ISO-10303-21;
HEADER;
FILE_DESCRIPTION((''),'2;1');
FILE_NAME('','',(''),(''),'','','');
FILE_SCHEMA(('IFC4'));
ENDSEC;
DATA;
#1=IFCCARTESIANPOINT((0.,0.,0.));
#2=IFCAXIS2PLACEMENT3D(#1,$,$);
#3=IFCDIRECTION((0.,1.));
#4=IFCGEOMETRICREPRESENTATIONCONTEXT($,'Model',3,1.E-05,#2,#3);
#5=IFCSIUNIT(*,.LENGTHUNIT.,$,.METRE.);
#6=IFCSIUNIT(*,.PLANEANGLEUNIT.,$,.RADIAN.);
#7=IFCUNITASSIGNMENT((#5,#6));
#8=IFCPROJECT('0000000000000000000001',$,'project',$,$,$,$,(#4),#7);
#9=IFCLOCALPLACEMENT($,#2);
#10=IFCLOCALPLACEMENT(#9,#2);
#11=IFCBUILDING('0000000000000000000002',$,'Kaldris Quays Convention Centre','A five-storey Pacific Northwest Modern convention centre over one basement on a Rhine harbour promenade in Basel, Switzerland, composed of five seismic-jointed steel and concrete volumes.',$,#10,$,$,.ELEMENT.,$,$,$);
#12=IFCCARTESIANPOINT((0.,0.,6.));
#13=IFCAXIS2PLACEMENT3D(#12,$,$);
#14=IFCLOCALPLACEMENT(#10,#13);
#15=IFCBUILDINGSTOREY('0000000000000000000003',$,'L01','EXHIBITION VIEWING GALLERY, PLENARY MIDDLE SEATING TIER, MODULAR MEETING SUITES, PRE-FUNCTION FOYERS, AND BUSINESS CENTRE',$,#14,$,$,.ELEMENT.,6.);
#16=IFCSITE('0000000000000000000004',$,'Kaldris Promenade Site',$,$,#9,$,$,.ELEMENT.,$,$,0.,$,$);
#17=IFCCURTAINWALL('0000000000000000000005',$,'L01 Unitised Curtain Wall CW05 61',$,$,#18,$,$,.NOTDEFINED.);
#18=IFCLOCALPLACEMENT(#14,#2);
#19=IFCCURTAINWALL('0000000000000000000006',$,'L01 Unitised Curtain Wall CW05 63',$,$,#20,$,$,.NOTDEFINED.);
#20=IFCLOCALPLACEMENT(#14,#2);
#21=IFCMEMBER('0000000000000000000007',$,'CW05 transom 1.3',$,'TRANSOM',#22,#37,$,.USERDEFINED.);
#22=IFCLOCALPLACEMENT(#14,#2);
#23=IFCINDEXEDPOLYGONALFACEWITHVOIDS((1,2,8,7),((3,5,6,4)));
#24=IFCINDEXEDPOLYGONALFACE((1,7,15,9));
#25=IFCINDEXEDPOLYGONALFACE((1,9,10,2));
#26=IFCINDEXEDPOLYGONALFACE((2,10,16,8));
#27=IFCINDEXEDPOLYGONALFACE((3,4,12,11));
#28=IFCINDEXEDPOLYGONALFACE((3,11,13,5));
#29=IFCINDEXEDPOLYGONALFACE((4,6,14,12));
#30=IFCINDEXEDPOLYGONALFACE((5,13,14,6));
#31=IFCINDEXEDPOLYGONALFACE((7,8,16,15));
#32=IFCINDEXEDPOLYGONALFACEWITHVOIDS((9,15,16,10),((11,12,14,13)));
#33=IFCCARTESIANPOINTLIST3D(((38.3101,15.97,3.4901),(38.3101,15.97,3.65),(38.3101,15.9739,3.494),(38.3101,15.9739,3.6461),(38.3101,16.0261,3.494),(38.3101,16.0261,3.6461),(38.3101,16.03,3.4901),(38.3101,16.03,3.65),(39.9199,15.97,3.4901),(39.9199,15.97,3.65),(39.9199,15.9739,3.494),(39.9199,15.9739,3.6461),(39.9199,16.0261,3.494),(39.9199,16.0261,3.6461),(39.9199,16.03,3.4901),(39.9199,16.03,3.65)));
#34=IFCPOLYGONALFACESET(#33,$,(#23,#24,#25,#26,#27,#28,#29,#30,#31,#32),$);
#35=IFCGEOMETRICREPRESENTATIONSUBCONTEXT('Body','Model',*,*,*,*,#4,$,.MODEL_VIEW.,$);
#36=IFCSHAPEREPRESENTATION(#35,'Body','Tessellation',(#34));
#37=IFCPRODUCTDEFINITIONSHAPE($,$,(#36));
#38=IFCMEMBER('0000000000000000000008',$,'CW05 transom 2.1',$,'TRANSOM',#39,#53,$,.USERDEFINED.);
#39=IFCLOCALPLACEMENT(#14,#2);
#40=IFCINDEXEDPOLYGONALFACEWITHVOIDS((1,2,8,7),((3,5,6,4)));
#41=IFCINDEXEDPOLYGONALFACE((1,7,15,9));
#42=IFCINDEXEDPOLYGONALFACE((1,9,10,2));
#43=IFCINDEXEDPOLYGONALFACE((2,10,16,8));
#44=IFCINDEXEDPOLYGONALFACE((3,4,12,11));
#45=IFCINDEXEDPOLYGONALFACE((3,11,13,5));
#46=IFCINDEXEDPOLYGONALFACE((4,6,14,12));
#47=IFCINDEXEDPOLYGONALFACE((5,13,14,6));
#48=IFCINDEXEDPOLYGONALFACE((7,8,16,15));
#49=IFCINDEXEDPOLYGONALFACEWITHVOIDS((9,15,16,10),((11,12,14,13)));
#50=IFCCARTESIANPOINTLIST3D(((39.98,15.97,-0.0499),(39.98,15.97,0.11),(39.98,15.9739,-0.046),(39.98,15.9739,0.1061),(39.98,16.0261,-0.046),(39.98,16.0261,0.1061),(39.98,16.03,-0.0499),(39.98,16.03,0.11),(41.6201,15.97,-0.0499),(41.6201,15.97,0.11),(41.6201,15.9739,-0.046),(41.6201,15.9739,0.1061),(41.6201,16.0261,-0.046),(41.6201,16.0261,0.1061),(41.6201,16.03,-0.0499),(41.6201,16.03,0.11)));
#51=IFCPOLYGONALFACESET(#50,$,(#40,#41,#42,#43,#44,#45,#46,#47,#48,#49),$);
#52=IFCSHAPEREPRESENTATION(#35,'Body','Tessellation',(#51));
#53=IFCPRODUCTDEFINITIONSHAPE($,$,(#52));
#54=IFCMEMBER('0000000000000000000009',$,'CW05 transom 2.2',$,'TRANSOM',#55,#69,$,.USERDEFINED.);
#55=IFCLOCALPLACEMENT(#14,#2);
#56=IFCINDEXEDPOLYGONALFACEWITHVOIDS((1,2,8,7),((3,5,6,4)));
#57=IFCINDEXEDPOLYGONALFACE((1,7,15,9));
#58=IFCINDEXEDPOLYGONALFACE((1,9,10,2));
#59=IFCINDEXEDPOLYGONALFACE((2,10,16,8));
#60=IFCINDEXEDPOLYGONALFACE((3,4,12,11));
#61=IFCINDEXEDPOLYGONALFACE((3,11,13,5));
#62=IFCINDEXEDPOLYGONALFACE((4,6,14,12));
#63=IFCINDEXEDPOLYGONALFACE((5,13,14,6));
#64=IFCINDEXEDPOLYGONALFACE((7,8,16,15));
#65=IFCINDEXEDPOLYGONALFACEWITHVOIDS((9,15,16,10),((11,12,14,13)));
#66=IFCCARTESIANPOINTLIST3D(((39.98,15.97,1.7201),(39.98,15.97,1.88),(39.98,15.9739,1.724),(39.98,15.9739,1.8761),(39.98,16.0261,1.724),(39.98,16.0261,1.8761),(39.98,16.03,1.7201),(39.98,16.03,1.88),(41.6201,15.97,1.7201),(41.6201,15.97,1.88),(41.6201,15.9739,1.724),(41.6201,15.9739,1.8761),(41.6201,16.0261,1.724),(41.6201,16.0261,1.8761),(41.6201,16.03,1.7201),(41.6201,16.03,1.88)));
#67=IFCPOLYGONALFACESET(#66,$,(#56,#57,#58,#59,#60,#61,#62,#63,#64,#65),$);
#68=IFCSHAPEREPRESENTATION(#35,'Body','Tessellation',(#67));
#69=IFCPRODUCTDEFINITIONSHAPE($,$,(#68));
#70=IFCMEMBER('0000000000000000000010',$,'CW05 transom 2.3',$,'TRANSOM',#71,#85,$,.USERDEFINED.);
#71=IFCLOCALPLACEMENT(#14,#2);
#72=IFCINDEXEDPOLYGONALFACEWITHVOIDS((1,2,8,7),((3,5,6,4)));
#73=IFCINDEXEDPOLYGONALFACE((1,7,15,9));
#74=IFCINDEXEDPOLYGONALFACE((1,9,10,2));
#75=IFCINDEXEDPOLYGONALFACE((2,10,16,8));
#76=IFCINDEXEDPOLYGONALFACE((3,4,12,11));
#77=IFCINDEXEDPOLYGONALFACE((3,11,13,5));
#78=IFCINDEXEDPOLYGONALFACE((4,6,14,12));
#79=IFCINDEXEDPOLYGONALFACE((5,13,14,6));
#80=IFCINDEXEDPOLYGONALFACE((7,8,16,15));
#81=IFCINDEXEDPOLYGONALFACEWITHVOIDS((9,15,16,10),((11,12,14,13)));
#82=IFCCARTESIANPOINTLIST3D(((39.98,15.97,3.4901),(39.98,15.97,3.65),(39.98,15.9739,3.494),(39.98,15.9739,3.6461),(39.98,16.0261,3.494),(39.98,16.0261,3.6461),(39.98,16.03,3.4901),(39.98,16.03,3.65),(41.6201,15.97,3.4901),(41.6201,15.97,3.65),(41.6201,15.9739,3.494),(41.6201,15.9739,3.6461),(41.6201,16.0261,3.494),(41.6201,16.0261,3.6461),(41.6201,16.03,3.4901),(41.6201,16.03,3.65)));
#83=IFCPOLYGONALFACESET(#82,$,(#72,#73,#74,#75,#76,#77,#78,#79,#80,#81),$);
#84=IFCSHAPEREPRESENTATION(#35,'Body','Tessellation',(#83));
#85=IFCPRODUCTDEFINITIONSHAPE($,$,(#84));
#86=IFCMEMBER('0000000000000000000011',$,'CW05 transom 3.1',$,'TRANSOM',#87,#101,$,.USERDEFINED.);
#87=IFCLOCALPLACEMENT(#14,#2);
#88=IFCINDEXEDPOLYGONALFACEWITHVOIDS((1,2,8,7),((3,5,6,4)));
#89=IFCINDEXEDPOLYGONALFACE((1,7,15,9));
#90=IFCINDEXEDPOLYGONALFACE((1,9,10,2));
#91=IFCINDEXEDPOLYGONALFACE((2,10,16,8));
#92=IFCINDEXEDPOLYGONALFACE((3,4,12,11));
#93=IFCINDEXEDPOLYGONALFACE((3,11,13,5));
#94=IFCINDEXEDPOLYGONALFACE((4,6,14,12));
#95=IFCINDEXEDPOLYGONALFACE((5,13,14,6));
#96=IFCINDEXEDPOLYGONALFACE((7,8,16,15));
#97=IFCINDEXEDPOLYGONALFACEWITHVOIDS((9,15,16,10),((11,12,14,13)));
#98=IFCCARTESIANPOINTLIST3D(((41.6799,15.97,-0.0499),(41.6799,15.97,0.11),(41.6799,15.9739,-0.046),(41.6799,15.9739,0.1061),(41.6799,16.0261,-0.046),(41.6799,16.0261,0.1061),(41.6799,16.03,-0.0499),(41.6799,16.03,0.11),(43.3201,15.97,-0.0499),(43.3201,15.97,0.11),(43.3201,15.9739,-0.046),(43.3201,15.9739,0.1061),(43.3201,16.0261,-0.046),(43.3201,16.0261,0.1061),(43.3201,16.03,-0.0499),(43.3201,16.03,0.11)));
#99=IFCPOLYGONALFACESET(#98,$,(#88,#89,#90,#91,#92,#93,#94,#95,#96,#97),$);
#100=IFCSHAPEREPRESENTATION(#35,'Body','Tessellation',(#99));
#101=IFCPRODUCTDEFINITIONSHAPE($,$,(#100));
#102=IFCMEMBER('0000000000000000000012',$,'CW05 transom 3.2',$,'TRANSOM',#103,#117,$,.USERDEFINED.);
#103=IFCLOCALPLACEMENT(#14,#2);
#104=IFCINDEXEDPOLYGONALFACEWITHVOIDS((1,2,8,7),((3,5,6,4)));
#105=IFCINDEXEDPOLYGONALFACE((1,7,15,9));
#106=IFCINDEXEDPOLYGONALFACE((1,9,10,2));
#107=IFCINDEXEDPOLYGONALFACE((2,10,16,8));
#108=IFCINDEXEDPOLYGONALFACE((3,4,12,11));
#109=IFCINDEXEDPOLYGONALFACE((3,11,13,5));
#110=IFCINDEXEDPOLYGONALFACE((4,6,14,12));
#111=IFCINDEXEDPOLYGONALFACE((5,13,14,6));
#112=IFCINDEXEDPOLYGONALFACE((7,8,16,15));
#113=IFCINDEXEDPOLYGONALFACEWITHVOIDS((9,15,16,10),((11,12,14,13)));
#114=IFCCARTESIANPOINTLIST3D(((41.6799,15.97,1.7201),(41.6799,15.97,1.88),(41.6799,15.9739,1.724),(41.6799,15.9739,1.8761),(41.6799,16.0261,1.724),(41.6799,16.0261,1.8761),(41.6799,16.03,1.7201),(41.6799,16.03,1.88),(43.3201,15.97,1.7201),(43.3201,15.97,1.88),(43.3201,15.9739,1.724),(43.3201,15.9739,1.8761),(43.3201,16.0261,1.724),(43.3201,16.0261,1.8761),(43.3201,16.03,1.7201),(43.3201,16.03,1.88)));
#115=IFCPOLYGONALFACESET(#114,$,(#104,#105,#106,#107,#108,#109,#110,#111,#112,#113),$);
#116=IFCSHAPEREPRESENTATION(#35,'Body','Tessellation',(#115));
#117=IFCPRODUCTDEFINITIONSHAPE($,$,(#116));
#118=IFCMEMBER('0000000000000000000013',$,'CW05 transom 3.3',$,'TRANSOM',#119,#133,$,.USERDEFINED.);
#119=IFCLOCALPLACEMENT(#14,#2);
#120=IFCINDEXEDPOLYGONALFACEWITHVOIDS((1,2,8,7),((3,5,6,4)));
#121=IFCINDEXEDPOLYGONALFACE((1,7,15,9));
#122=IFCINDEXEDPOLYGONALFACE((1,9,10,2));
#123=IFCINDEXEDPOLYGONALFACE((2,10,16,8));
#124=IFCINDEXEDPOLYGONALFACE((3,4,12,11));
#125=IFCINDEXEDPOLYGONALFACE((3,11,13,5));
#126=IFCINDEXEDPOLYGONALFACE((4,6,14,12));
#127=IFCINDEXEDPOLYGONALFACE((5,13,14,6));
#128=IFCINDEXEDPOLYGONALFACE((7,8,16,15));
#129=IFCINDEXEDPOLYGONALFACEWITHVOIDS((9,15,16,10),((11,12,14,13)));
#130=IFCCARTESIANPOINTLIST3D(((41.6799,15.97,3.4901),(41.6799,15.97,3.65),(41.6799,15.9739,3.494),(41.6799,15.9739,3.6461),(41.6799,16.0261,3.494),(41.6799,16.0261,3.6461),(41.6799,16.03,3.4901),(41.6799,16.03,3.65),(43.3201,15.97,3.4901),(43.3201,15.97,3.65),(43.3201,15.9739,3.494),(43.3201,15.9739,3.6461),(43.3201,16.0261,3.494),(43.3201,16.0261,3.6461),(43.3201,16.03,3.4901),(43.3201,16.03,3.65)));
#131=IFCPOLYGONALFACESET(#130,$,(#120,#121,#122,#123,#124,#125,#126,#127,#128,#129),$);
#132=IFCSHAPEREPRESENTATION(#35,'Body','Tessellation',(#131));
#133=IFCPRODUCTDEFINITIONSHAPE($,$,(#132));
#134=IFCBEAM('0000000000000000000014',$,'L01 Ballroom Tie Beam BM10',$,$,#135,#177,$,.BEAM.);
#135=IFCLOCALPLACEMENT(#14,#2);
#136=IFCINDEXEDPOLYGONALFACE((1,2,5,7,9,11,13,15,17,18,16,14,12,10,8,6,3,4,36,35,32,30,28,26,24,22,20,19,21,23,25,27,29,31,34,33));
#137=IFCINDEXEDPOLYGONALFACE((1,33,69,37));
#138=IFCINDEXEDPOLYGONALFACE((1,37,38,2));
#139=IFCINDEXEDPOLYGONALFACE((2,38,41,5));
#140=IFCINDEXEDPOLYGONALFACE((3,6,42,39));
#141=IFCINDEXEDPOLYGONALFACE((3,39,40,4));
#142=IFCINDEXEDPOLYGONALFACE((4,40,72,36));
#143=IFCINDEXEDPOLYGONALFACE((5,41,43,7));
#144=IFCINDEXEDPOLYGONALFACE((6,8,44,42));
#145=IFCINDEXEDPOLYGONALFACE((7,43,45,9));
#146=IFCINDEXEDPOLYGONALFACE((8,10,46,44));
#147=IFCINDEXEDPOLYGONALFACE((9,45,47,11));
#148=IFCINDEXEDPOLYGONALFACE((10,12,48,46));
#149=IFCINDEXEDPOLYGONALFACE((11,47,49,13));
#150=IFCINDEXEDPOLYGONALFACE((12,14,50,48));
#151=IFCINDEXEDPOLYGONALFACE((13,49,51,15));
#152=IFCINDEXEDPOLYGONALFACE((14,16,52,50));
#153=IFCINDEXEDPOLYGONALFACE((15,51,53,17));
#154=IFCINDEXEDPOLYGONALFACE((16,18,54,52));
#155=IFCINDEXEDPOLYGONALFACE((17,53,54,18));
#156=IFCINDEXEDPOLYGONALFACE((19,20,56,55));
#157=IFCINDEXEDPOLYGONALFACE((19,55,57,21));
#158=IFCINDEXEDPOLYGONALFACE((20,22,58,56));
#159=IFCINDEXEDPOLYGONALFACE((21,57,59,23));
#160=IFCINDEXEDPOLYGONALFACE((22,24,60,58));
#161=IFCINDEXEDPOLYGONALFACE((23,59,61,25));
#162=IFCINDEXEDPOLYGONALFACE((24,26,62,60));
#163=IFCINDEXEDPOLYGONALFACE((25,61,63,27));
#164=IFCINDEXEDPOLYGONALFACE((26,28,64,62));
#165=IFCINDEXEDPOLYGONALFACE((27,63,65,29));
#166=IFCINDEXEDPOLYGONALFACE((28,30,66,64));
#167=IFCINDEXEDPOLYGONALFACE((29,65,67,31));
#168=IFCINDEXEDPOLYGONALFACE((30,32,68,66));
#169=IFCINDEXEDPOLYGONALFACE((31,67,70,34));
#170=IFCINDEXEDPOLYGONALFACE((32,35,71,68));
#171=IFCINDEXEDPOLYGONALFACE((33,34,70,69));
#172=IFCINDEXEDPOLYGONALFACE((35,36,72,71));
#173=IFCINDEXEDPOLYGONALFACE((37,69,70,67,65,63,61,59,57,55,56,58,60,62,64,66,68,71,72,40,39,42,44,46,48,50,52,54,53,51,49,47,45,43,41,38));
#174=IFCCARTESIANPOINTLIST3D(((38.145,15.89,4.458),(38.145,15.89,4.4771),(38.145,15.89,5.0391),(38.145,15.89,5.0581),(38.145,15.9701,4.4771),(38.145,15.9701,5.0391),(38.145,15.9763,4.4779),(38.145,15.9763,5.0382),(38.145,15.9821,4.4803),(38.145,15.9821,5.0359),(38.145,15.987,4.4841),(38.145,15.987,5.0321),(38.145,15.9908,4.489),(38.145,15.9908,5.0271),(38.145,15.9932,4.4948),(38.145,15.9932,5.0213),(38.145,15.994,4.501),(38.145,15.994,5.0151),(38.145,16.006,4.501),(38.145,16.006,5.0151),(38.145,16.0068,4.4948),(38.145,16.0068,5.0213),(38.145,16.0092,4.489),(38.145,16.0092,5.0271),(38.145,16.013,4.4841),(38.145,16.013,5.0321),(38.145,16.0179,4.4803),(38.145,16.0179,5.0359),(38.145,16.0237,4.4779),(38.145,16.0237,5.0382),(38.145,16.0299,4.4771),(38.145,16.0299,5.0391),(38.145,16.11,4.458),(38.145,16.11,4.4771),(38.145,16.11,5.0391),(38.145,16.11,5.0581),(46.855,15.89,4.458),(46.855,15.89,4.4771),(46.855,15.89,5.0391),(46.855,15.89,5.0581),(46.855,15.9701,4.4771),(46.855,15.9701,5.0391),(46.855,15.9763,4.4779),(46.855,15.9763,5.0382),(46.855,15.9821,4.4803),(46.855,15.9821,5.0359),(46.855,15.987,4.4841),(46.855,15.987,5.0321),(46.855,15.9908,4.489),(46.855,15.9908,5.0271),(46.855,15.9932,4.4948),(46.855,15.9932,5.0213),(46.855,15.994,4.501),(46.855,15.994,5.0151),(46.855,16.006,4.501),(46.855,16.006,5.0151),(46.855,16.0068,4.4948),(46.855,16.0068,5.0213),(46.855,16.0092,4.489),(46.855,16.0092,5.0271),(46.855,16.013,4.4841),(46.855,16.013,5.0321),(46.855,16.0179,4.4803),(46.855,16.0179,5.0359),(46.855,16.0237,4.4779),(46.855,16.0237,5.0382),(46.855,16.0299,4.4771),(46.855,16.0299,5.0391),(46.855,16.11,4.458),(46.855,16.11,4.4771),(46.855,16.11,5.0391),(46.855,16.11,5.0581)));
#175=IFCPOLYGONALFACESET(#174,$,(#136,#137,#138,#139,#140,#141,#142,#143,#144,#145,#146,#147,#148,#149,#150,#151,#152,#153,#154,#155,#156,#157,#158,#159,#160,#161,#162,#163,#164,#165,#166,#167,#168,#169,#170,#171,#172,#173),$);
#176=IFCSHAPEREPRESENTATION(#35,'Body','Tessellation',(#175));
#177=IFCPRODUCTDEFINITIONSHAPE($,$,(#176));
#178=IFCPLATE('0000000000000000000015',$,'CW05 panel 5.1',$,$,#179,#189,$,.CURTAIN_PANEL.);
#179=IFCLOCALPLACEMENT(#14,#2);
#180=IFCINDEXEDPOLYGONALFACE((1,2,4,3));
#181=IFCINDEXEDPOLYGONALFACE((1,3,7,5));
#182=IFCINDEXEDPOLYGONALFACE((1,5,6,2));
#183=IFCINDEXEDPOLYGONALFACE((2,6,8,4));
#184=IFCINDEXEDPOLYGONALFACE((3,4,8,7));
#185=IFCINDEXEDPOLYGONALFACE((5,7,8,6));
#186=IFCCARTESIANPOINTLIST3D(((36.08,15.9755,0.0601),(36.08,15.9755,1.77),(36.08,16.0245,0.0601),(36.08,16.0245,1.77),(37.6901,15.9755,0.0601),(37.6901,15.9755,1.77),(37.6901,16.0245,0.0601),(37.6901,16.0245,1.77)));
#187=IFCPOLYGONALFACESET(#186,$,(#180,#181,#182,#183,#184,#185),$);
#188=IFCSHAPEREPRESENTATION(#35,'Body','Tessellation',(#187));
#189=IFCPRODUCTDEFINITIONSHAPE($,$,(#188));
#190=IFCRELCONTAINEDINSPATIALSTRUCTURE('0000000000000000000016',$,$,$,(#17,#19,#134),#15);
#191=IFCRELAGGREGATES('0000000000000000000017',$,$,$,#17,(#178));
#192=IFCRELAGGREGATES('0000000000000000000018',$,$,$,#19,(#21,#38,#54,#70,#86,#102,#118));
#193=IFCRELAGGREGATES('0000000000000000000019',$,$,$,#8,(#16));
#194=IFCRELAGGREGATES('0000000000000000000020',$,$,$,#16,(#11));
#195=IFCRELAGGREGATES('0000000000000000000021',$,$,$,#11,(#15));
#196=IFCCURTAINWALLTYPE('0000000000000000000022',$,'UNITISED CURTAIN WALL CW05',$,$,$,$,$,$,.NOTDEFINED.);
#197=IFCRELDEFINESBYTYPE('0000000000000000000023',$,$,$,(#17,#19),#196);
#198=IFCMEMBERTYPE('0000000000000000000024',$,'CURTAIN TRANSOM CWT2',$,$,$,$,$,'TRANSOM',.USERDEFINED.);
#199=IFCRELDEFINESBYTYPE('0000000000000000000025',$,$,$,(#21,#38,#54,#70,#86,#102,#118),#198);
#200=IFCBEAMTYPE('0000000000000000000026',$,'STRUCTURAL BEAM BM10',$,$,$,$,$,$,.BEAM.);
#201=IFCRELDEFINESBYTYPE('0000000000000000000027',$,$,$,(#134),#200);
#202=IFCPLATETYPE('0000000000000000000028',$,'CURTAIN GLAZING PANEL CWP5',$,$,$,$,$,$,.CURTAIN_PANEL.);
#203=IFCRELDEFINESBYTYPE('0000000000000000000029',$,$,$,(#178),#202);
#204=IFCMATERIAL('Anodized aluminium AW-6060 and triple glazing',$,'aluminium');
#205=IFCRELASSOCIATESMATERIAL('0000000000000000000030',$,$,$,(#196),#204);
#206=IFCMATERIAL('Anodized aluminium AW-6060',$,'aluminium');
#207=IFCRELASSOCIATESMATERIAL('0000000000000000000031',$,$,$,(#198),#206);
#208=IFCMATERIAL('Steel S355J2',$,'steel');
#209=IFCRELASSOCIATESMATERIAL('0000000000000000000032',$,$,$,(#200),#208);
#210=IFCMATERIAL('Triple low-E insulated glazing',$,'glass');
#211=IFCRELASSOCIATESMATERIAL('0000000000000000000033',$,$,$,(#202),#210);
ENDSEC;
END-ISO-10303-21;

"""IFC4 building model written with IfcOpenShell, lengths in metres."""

from ifc_helpers import new_model, si_unit, direction, frame, origin, origin_2d, place, context, subcontext, project, spatial, rectangle, hollow_rectangle, i_section, extrude, material, material_profile, profile_set, type_object, element, aggregate, save


model = new_model("IFC4")

# Units and contexts
model_context = context("Model", 3, precision=1e-05, world=origin(), true_north=direction((0.0, 1.0)))
body_context = subcontext(model_context, "Body", "Model", "MODEL_VIEW")
ifc_project = project(units=[si_unit("LENGTHUNIT", "METRE"), si_unit("PLANEANGLEUNIT", "RADIAN")], contexts=[model_context])

# Site, building, storey
site_placement = place(None, origin())
site = spatial("IfcSite", under=ifc_project, at=site_placement, Name="Kaldris Promenade Site", CompositionType="ELEMENT", RefElevation=0.0)
building_placement = place(site_placement, origin())
building = spatial("IfcBuilding", under=site, at=building_placement, Name="Kaldris Quays Convention Centre", Description="A five-storey Pacific Northwest Modern convention centre over one basement on a Rhine harbour promenade in Basel, Switzerland, composed of five seismic-jointed steel and concrete volumes.", CompositionType="ELEMENT")
storey_placement = place(building_placement, frame((0.0, 0.0, 6.0)))
storey = spatial("IfcBuildingStorey", under=building, at=storey_placement, Name="L01", Description="EXHIBITION VIEWING GALLERY, PLENARY MIDDLE SEATING TIER, MODULAR MEETING SUITES, PRE-FUNCTION FOYERS, AND BUSINESS CENTRE", CompositionType="ELEMENT", Elevation=6.0)

# Curtain wall
ifc_material_1 = material(Name="Anodized aluminium AW-6060 and triple glazing", Category="aluminium")
curtain_wall_type = type_object("IfcCurtainWallType", Name="UNITISED CURTAIN WALL CW05", PredefinedType="NOTDEFINED", material=ifc_material_1)
curtain_wall_1_placement = place(storey_placement, origin())
curtain_wall_1 = element("IfcCurtainWall", 1, at=curtain_wall_1_placement, inside=storey, type_object=curtain_wall_type, Name="L01 Unitised Curtain Wall CW05 61", PredefinedType="NOTDEFINED")
ifc_material_2 = material(Name="Anodized aluminium AW-6060", Category="aluminium")

# Curtain wall
curtain_wall_2_placement = place(storey_placement, origin())
curtain_wall_2 = element("IfcCurtainWall", 2, at=curtain_wall_2_placement, inside=storey, type_object=curtain_wall_type, Name="L01 Unitised Curtain Wall CW05 63", PredefinedType="NOTDEFINED")

# Members
ifc_material_profile_1 = material_profile(ifc_material_2, hollow_rectangle(XDim=0.0601, YDim=0.1599, WallThickness=0.0039, at=origin_2d()), Name="RHS 160x60x4")
ifc_profile_set_1 = profile_set([ifc_material_profile_1], Name="Anodized aluminium AW-6060")
member_type_1 = type_object("IfcMemberType", Name="CURTAIN TRANSOM CWT2", ElementType="TRANSOM", PredefinedType="USERDEFINED", material=ifc_profile_set_1)
member_1_placement = place(storey_placement, frame((38.3101, 16.0, 3.5701), z_axis=(1.0, 0.0, 0.0), x_axis=(0.0, 1.0, 0.0)))
member_1 = element("IfcMember", 3, at=member_1_placement, type_object=member_type_1, Name="CW05 transom 1.3", ObjectType="TRANSOM", PredefinedType="USERDEFINED", context=body_context, shape_type="SweptSolid", body=[
    extrude(hollow_rectangle(XDim=0.0601, YDim=0.1599, WallThickness=0.0039, at=origin_2d()), origin(), (0.0, 0.0, 1.0), 1.6099),
])
member_2_placement = place(storey_placement, frame((39.98, 16.0, 0.03), z_axis=(1.0, 0.0, 0.0), x_axis=(0.0, 1.0, 0.0)))
member_2 = element("IfcMember", 4, at=member_2_placement, type_object=member_type_1, Name="CW05 transom 2.1", ObjectType="TRANSOM", PredefinedType="USERDEFINED", context=body_context, shape_type="SweptSolid", body=[
    extrude(hollow_rectangle(XDim=0.0601, YDim=0.1599, WallThickness=0.0039, at=origin_2d()), origin(), (0.0, 0.0, 1.0), 1.6401),
])
member_3_placement = place(storey_placement, frame((39.98, 16.0, 1.8), z_axis=(1.0, 0.0, 0.0), x_axis=(0.0, 1.0, 0.0)))
member_3 = element("IfcMember", 5, at=member_3_placement, type_object=member_type_1, Name="CW05 transom 2.2", ObjectType="TRANSOM", PredefinedType="USERDEFINED", context=body_context, shape_type="SweptSolid", body=[
    extrude(hollow_rectangle(XDim=0.0601, YDim=0.1599, WallThickness=0.0039, at=origin_2d()), origin(), (0.0, 0.0, 1.0), 1.6401),
])
member_4_placement = place(storey_placement, frame((39.98, 16.0, 3.5701), z_axis=(1.0, 0.0, 0.0), x_axis=(0.0, 1.0, 0.0)))
member_4 = element("IfcMember", 6, at=member_4_placement, type_object=member_type_1, Name="CW05 transom 2.3", ObjectType="TRANSOM", PredefinedType="USERDEFINED", context=body_context, shape_type="SweptSolid", body=[
    extrude(hollow_rectangle(XDim=0.0601, YDim=0.1599, WallThickness=0.0039, at=origin_2d()), origin(), (0.0, 0.0, 1.0), 1.6401),
])
member_5_placement = place(storey_placement, frame((41.6799, 16.0, 0.03), z_axis=(1.0, 0.0, 0.0), x_axis=(0.0, 1.0, 0.0)))
member_5 = element("IfcMember", 7, at=member_5_placement, type_object=member_type_1, Name="CW05 transom 3.1", ObjectType="TRANSOM", PredefinedType="USERDEFINED", context=body_context, shape_type="SweptSolid", body=[
    extrude(hollow_rectangle(XDim=0.0601, YDim=0.1599, WallThickness=0.0039, at=origin_2d()), origin(), (0.0, 0.0, 1.0), 1.6401),
])
member_6_placement = place(storey_placement, frame((41.6799, 16.0, 1.8), z_axis=(1.0, 0.0, 0.0), x_axis=(0.0, 1.0, 0.0)))
member_6 = element("IfcMember", 8, at=member_6_placement, type_object=member_type_1, Name="CW05 transom 3.2", ObjectType="TRANSOM", PredefinedType="USERDEFINED", context=body_context, shape_type="SweptSolid", body=[
    extrude(hollow_rectangle(XDim=0.0601, YDim=0.1599, WallThickness=0.0039, at=origin_2d()), origin(), (0.0, 0.0, 1.0), 1.6401),
])
member_7_placement = place(storey_placement, frame((41.6799, 16.0, 3.5701), z_axis=(1.0, 0.0, 0.0), x_axis=(0.0, 1.0, 0.0)))
member_7 = element("IfcMember", 9, at=member_7_placement, type_object=member_type_1, Name="CW05 transom 3.3", ObjectType="TRANSOM", PredefinedType="USERDEFINED", context=body_context, shape_type="SweptSolid", body=[
    extrude(hollow_rectangle(XDim=0.0601, YDim=0.1599, WallThickness=0.0039, at=origin_2d()), origin(), (0.0, 0.0, 1.0), 1.6401),
])

# Beam
ifc_material_3 = material(Name="Steel S355J2", Category="steel")
ifc_material_profile_2 = material_profile(ifc_material_3, i_section(OverallWidth=0.22, OverallDepth=0.6001, WebThickness=0.012, FlangeThickness=0.019, FilletRadius=0.0239, at=origin_2d()), Name="IPE 600")
ifc_profile_set_2 = profile_set([ifc_material_profile_2], Name="Steel S355J2")
beam_type = type_object("IfcBeamType", Name="STRUCTURAL BEAM BM10", PredefinedType="BEAM", material=ifc_profile_set_2)
beam_placement = place(storey_placement, frame((38.145, 16.0, 4.7581), z_axis=(1.0, 0.0, 0.0), x_axis=(0.0, 1.0, 0.0)))
element("IfcBeam", 10, at=beam_placement, inside=storey, type_object=beam_type, Name="L01 Ballroom Tie Beam BM10", PredefinedType="BEAM", context=body_context, shape_type="SweptSolid", body=[
    extrude(i_section(OverallWidth=0.22, OverallDepth=0.6001, WebThickness=0.012, FlangeThickness=0.019, FilletRadius=0.0239, at=origin_2d()), origin(), (0.0, 0.0, 1.0), 8.71),
])

# Plate
ifc_material_4 = material(Name="Triple low-E insulated glazing", Category="glass")
plate_type_1 = type_object("IfcPlateType", Name="CURTAIN GLAZING PANEL CWP5", PredefinedType="CURTAIN_PANEL", material=ifc_material_4)
plate_1_placement = place(storey_placement, frame((36.885, 16.0, 0.0601), z_axis=(0.0, 0.0, 1.0), x_axis=(1.0, 0.0, 0.0)))
plate_1 = element("IfcPlate", 11, at=plate_1_placement, type_object=plate_type_1, Name="CW05 panel 5.1", PredefinedType="CURTAIN_PANEL", context=body_context, shape_type="SweptSolid", body=[
    extrude(rectangle(XDim=1.6101, YDim=0.0491, at=origin_2d()), origin(), (0.0, 0.0, 1.0), 1.71),
])
aggregate(curtain_wall_1, [plate_1])
aggregate(curtain_wall_2, [member_1, member_2, member_3, member_4, member_5, member_6, member_7])

save(model, "model.ifc")
